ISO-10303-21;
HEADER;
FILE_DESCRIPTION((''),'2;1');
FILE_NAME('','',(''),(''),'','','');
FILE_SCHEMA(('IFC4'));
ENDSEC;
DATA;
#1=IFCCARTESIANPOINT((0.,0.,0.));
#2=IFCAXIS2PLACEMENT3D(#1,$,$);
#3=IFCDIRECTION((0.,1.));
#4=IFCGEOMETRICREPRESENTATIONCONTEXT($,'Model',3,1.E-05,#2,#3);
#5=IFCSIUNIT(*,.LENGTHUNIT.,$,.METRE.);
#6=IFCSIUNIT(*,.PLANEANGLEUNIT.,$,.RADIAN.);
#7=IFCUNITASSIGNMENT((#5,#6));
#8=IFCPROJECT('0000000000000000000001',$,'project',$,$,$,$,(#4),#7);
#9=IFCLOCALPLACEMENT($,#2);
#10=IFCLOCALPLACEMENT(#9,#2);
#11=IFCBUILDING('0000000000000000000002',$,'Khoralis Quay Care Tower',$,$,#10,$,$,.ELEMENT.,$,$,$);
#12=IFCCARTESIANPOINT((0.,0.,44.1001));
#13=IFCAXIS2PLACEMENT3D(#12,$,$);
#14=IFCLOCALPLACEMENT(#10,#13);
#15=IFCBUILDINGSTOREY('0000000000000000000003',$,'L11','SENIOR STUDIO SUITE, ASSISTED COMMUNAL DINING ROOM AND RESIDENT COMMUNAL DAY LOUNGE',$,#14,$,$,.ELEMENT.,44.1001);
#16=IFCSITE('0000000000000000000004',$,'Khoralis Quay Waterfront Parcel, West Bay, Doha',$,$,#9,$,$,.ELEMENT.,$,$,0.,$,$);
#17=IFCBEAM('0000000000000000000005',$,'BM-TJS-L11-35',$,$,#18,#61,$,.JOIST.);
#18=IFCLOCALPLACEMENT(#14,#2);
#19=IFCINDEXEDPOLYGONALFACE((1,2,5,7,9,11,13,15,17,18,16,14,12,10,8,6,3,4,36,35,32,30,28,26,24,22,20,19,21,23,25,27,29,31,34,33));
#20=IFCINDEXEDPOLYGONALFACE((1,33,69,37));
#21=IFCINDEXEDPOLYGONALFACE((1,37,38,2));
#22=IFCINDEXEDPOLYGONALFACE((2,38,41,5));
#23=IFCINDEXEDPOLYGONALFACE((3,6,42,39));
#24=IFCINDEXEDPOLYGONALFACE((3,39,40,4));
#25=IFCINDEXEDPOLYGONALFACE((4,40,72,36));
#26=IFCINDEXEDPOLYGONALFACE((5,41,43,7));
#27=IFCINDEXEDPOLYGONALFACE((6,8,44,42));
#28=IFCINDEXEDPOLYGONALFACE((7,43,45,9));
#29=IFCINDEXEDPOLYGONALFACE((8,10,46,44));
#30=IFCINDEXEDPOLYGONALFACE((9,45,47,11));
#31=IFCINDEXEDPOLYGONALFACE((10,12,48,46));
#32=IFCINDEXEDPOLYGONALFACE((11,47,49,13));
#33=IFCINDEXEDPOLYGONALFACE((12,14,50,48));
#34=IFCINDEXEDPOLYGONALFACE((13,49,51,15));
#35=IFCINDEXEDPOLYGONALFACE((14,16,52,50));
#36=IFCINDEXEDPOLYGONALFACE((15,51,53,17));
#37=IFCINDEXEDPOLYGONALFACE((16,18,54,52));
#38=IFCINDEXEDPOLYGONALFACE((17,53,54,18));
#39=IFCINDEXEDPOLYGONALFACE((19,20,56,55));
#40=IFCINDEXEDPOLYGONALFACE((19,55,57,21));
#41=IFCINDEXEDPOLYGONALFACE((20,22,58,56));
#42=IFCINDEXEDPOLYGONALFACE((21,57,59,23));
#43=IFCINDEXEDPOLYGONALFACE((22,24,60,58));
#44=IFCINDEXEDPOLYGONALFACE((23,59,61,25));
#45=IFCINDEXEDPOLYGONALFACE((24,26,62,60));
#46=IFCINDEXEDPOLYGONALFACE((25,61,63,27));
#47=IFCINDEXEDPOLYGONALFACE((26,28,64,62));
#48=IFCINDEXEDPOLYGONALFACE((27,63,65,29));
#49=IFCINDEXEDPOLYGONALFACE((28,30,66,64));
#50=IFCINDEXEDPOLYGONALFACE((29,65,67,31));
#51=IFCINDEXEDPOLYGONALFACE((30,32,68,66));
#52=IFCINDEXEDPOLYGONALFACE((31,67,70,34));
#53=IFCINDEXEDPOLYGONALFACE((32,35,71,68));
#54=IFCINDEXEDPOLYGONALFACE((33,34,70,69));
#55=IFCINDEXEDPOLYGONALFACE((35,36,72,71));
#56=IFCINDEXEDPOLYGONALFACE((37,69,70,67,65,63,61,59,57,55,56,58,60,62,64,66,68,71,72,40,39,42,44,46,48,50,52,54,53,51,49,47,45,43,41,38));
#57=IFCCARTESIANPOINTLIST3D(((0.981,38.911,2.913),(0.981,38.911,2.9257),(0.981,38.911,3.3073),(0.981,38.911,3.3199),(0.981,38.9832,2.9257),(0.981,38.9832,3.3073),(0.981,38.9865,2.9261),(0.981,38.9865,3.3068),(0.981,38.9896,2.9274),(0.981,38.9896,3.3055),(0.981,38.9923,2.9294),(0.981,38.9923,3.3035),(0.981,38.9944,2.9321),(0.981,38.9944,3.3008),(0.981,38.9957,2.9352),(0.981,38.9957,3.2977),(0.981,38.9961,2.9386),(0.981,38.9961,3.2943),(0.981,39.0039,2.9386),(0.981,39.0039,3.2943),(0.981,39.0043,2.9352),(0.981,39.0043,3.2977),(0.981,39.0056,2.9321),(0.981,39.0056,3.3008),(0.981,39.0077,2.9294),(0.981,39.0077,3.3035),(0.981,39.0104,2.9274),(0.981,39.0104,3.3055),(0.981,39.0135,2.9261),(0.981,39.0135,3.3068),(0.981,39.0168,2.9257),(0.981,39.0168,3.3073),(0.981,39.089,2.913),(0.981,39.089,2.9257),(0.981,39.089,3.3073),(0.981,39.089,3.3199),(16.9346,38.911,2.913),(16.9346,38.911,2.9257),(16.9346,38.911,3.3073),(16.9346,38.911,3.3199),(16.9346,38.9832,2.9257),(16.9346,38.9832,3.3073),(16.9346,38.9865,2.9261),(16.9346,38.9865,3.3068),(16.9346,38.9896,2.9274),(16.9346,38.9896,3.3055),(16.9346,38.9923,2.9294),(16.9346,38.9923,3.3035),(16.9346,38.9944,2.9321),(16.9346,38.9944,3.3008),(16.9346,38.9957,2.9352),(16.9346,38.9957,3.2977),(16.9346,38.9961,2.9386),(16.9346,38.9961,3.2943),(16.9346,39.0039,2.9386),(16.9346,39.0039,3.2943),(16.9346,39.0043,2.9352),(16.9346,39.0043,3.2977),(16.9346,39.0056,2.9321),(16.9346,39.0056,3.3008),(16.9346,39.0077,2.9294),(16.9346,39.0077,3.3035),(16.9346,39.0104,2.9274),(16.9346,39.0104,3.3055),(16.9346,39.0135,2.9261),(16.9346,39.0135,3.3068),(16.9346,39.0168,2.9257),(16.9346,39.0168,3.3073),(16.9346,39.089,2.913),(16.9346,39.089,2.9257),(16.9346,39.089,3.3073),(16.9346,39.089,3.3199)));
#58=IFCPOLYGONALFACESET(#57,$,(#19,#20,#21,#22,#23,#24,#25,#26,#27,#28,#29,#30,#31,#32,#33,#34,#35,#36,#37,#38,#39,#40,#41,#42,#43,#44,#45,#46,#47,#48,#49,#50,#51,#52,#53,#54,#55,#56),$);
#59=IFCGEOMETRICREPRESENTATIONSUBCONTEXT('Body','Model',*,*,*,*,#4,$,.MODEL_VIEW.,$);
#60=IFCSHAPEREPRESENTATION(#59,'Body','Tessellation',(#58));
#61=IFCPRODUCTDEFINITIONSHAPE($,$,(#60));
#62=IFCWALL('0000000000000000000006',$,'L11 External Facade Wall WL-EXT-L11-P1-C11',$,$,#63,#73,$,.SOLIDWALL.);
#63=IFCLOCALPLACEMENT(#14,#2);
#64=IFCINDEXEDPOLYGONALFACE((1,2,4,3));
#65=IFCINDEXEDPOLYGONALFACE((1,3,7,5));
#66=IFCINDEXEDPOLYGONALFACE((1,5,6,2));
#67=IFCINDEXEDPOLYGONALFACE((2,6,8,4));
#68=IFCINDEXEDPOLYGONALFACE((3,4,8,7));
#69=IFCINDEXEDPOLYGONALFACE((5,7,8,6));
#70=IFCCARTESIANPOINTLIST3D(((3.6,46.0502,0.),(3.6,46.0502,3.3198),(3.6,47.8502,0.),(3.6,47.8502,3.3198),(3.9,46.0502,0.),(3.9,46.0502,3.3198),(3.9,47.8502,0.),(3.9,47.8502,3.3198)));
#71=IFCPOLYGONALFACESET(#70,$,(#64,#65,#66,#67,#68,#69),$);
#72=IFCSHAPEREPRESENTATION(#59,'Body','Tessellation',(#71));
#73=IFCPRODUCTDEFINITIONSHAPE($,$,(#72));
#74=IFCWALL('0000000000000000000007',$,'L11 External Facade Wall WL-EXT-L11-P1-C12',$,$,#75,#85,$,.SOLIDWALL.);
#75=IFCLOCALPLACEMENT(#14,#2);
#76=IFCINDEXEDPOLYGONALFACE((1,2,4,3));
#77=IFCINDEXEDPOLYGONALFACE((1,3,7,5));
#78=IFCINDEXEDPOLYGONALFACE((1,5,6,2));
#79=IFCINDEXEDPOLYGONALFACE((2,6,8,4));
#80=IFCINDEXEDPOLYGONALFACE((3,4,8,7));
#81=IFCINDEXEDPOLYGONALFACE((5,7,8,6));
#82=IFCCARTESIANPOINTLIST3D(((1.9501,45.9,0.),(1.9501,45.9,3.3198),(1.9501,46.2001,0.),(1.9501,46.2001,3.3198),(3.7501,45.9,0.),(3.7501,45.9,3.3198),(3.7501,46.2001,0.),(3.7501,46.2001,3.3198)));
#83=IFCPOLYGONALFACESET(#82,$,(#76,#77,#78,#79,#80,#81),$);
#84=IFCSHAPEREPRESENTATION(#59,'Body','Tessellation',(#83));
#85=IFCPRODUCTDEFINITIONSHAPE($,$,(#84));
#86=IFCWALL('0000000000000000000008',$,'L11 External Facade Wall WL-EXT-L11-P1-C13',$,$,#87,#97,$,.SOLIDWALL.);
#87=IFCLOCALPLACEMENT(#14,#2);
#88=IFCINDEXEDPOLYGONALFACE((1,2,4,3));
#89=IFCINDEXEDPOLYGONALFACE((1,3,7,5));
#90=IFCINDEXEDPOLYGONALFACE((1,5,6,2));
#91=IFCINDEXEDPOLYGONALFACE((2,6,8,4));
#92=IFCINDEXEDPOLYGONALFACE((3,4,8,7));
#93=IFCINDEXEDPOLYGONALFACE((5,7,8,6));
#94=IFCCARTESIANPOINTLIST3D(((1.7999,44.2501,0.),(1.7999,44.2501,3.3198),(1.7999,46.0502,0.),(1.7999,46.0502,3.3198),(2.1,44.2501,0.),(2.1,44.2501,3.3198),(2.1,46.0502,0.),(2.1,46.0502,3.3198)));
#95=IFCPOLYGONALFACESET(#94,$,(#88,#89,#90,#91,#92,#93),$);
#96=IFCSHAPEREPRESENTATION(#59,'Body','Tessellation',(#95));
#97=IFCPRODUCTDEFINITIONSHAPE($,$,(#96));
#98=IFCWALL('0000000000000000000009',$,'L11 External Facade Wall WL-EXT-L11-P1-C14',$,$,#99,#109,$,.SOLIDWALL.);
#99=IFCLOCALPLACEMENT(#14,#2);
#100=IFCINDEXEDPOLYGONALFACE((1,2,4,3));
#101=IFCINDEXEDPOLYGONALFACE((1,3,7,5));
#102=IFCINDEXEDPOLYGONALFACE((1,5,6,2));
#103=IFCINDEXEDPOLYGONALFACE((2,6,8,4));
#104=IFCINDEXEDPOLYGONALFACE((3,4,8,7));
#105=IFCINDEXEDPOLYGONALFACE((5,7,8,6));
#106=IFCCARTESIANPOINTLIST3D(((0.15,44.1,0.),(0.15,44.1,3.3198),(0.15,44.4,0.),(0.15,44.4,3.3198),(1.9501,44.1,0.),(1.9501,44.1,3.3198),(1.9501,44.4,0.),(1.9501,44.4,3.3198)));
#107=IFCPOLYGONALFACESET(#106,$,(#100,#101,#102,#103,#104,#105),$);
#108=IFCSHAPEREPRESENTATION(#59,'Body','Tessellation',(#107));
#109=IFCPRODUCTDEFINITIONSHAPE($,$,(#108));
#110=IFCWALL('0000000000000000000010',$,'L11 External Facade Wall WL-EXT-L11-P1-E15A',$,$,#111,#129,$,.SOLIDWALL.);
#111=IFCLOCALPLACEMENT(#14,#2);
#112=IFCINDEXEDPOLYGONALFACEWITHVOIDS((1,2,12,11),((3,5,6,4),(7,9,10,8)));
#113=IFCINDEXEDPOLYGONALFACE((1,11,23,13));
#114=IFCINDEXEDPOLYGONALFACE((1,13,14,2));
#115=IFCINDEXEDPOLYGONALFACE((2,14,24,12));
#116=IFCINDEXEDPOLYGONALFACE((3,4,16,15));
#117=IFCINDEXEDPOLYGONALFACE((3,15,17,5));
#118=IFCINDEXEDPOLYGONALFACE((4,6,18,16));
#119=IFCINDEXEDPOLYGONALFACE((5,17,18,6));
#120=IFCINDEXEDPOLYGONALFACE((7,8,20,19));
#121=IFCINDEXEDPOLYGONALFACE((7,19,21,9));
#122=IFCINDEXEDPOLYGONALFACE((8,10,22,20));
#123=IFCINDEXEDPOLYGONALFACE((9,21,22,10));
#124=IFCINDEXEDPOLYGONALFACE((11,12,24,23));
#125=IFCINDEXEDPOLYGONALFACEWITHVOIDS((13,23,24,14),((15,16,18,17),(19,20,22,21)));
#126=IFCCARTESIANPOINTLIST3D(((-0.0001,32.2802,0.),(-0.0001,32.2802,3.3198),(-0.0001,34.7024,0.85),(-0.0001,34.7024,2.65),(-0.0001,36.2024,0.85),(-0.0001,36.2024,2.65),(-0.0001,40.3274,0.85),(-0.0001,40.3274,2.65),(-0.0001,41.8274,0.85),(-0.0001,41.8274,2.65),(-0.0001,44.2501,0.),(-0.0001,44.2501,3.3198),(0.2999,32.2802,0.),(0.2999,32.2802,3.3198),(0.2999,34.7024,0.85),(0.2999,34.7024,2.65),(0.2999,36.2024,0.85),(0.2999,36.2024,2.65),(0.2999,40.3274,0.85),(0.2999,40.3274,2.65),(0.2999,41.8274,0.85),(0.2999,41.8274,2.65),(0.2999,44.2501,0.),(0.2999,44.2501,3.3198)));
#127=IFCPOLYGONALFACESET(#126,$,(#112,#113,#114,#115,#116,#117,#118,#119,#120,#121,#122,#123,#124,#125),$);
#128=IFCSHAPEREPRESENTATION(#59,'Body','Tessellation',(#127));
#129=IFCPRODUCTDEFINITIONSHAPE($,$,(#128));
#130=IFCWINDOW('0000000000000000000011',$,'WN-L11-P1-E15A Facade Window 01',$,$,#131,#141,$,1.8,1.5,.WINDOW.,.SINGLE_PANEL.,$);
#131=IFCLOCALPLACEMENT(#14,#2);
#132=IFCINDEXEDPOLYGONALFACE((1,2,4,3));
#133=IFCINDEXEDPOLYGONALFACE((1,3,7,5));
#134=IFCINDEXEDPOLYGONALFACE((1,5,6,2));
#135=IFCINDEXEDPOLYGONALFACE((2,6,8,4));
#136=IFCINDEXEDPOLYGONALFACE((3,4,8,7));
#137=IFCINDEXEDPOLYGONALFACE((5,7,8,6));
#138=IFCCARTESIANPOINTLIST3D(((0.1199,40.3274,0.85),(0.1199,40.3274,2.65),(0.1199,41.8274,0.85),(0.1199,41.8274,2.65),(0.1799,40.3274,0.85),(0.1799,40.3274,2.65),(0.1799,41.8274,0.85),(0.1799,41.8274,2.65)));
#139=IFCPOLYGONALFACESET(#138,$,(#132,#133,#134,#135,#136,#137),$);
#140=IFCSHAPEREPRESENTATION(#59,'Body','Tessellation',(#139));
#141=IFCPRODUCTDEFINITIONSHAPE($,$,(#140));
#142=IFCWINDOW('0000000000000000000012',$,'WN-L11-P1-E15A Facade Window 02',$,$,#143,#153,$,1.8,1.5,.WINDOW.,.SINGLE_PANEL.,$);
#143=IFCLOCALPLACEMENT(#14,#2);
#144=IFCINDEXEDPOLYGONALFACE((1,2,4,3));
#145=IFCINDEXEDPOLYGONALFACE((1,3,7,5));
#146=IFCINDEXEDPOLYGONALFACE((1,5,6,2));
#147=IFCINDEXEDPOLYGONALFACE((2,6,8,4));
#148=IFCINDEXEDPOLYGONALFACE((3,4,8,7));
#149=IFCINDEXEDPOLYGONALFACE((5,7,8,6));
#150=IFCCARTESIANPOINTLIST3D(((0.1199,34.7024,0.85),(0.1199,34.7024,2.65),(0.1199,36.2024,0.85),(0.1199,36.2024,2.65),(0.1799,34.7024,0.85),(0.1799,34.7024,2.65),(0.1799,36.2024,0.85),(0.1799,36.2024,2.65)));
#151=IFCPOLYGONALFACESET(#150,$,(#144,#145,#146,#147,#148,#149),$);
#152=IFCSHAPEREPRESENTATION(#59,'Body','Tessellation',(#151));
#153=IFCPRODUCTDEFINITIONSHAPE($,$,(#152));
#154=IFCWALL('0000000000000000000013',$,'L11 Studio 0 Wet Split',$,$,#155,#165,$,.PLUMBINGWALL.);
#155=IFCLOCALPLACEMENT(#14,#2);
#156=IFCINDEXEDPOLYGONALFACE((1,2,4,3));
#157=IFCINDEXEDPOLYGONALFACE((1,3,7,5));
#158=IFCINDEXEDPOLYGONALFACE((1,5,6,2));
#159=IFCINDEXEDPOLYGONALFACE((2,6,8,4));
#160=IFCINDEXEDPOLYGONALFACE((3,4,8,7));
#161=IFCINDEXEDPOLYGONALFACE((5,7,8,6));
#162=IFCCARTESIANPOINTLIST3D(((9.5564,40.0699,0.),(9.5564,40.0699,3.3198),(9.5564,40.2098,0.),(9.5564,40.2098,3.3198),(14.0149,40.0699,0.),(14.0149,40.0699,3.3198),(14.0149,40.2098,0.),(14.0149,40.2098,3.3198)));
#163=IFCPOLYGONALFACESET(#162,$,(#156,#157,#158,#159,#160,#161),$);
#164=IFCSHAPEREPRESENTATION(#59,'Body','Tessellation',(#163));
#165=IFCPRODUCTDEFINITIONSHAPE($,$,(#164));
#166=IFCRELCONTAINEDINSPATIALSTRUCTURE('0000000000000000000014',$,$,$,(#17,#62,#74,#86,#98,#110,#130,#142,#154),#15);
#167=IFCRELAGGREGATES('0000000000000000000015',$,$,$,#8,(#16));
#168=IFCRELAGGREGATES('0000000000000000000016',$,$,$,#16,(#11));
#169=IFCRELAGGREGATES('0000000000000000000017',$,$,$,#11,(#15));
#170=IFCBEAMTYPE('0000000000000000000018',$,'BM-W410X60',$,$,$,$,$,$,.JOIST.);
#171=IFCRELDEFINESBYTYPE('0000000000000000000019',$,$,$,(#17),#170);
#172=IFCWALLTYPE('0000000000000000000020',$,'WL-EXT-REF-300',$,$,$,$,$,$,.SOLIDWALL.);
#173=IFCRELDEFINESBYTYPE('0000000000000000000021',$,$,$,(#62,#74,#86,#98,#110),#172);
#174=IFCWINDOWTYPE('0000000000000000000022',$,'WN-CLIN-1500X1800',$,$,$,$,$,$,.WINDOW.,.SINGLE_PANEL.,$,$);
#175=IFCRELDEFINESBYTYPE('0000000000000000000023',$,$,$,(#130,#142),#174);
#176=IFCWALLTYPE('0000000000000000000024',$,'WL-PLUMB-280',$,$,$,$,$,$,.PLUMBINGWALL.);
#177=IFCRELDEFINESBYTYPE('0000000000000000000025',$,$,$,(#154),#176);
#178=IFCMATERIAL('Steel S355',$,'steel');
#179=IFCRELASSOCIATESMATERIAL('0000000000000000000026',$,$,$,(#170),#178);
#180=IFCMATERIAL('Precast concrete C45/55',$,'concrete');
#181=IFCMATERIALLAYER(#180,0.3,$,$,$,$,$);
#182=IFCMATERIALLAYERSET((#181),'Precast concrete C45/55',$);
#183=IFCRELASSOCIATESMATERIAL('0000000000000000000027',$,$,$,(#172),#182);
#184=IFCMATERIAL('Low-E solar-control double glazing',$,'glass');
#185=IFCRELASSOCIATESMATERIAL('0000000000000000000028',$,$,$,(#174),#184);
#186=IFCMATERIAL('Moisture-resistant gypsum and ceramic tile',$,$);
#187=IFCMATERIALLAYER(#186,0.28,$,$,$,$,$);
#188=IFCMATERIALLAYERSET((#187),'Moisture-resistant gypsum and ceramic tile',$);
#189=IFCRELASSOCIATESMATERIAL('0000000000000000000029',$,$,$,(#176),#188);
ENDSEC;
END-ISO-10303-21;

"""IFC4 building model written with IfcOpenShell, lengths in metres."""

from ifc_helpers import new_model, si_unit, direction, frame, frame_2d, origin, origin_2d, place, context, subcontext, project, spatial, rectangle, i_section, extrude, source, transform, mapped, material, layer, layer_set, material_profile, profile_set, type_object, element, fill, save


model = new_model("IFC4")

# Units and contexts
model_context = context("Model", 3, precision=1e-05, world=origin(), true_north=direction((0.0, 1.0)))
body_context = subcontext(model_context, "Body", "Model", "MODEL_VIEW")
ifc_project = project(units=[si_unit("LENGTHUNIT", "METRE"), si_unit("PLANEANGLEUNIT", "RADIAN")], contexts=[model_context])

# Site, building, storey
site_placement = place(None, origin())
site = spatial("IfcSite", under=ifc_project, at=site_placement, Name="Khoralis Quay Waterfront Parcel, West Bay, Doha", CompositionType="ELEMENT", RefElevation=0.0)
building_placement = place(site_placement, origin())
building = spatial("IfcBuilding", under=site, at=building_placement, Name="Khoralis Quay Care Tower", CompositionType="ELEMENT")
storey_placement = place(building_placement, frame((0.0, 0.0, 44.1001)))
storey = spatial("IfcBuildingStorey", under=building, at=storey_placement, Name="L11", Description="SENIOR STUDIO SUITE, ASSISTED COMMUNAL DINING ROOM AND RESIDENT COMMUNAL DAY LOUNGE", CompositionType="ELEMENT", Elevation=44.1001)

# Beam
ifc_material_1 = material(Name="Steel S355", Category="steel")
ifc_material_profile_1 = material_profile(ifc_material_1, i_section(OverallWidth=0.178, OverallDepth=0.407, WebThickness=0.0078, FlangeThickness=0.0127, FilletRadius=0.0129, at=origin_2d()), Name="Steel S355")
ifc_profile_set_1 = profile_set([ifc_material_profile_1], Name="Steel S355")
beam_type_1 = type_object("IfcBeamType", Name="BM-W410X60", PredefinedType="JOIST", material=ifc_profile_set_1)
shared_shape_1 = source(origin(), body_context, "Body", "SweptSolid", [
    extrude(i_section(OverallWidth=0.178, OverallDepth=0.407, WebThickness=0.0078, FlangeThickness=0.0127, FilletRadius=0.0129, at=origin_2d()), origin(), (0.0, 0.0, 1.0), 15.9536),
])
beam_1_placement = place(storey_placement, frame((0.981, 39.0, 3.1165), z_axis=(1.0, 0.0, 0.0), x_axis=(0.0, 1.0, 0.0)))
element("IfcBeam", 1, at=beam_1_placement, inside=storey, type_object=beam_type_1, Name="BM-TJS-L11-35", PredefinedType="JOIST", context=body_context, shape_type="MappedRepresentation", body=[
    mapped(shared_shape_1, transform((0.0, 0.0, 0.0), scale=1.0)),
])

# Walls
ifc_material_2 = material(Name="Precast concrete C45/55", Category="concrete")
ifc_layer_1 = layer(ifc_material_2, 0.3)
ifc_layer_set_1 = layer_set([ifc_layer_1], Name="Precast concrete C45/55")
wall_type_1 = type_object("IfcWallType", Name="WL-EXT-REF-300", PredefinedType="SOLIDWALL", material=ifc_layer_set_1)
for number, where, z_axis, x_axis, name in (
    (2, (3.75, 47.8501, 0.0), (0.0, 0.0, 1.0), (0.0, -1.0, 0.0), "L11 External Facade Wall WL-EXT-L11-P1-C11"),
    (3, (3.75, 46.05, 0.0), (0.0, 0.0, 1.0), (-1.0, 0.0, 0.0), "L11 External Facade Wall WL-EXT-L11-P1-C12"),
    (4, (1.95, 46.05, 0.0), (0.0, 0.0, 1.0), (0.0, -1.0, 0.0), "L11 External Facade Wall WL-EXT-L11-P1-C13"),
    (5, (1.95, 44.25, 0.0), (0.0, 0.0, 1.0), (-1.0, 0.0, 0.0), "L11 External Facade Wall WL-EXT-L11-P1-C14"),
):
    element("IfcWall", number, at=place(storey_placement, frame(where, z_axis=z_axis, x_axis=x_axis)), inside=storey, type_object=wall_type_1, Name=name, PredefinedType="SOLIDWALL", context=body_context, shape_type="SweptSolid", body=[
        extrude(rectangle(XDim=1.8, YDim=0.3, at=frame_2d((0.8999, 0.0))), origin(), (0.0, 0.0, 1.0), 3.3198),
    ])

# Wall, openings, windows
wall_1_placement = place(storey_placement, frame((0.1499, 44.25, 0.0), z_axis=(0.0, 0.0, 1.0), x_axis=(0.0, -1.0, 0.0)))
wall_1 = element("IfcWall", 6, at=wall_1_placement, inside=storey, type_object=wall_type_1, Name="L11 External Facade Wall WL-EXT-L11-P1-E15A", PredefinedType="SOLIDWALL", context=body_context, shape_type="SweptSolid", body=[
    extrude(rectangle(XDim=11.97, YDim=0.3, at=frame_2d((5.9849, 0.0))), origin(), (0.0, 0.0, 1.0), 3.3198),
])
opening_1_placement = place(wall_1_placement, frame((2.4226, 0.0, 0.8501)))
opening_1 = element("IfcOpeningElement", 7, at=opening_1_placement, cuts=wall_1, PredefinedType="OPENING", context=body_context, shape_type="SweptSolid", body=[
    extrude(rectangle(XDim=1.5, YDim=1.8, at=frame_2d((0.75, 0.8999))), frame((0.0, 0.1602, 0.0), z_axis=(0.0, -1.0, 0.0), x_axis=(1.0, 0.0, 0.0)), (0.0, 0.0, 1.0), 0.3201),
])
opening_2_placement = place(wall_1_placement, frame((8.0476, 0.0, 0.8501)))
opening_2 = element("IfcOpeningElement", 8, at=opening_2_placement, cuts=wall_1, PredefinedType="OPENING", context=body_context, shape_type="SweptSolid", body=[
    extrude(rectangle(XDim=1.5, YDim=1.8, at=frame_2d((0.75, 0.8999))), frame((0.0, 0.1602, 0.0), z_axis=(0.0, -1.0, 0.0), x_axis=(1.0, 0.0, 0.0)), (0.0, 0.0, 1.0), 0.3201),
])
ifc_material_3 = material(Name="Low-E solar-control double glazing", Category="glass")
window_type = type_object("IfcWindowType", Name="WN-CLIN-1500X1800", PartitioningType="SINGLE_PANEL", PredefinedType="WINDOW", material=ifc_material_3)
shared_shape_2 = source(origin(), body_context, "Body", "SweptSolid", [
    extrude(rectangle(XDim=1.5, YDim=1.8, at=frame_2d((0.75, 0.8999))), frame((0.0, 0.03, 0.0), z_axis=(0.0, -1.0, 0.0), x_axis=(1.0, 0.0, 0.0)), (0.0, 0.0, 1.0), 0.0601),
])
window_1_placement = place(opening_1_placement, origin())
window_1 = element("IfcWindow", 9, at=window_1_placement, inside=storey, type_object=window_type, Name="WN-L11-P1-E15A Facade Window 01", OverallHeight=1.8, OverallWidth=1.5, PartitioningType="SINGLE_PANEL", PredefinedType="WINDOW", context=body_context, shape_type="MappedRepresentation", body=[
    mapped(shared_shape_2, transform((0.0, 0.0, 0.0), scale=1.0)),
])
fill(opening_1, window_1)
window_2_placement = place(opening_2_placement, origin())
window_2 = element("IfcWindow", 10, at=window_2_placement, inside=storey, type_object=window_type, Name="WN-L11-P1-E15A Facade Window 02", OverallHeight=1.8, OverallWidth=1.5, PartitioningType="SINGLE_PANEL", PredefinedType="WINDOW", context=body_context, shape_type="MappedRepresentation", body=[
    mapped(shared_shape_2, transform((0.0, 0.0, 0.0), scale=1.0)),
])
fill(opening_2, window_2)

# Wall
ifc_material_4 = material(Name="Moisture-resistant gypsum and ceramic tile")
ifc_layer_2 = layer(ifc_material_4, 0.28)
ifc_layer_set_2 = layer_set([ifc_layer_2], Name="Moisture-resistant gypsum and ceramic tile")
wall_type_2 = type_object("IfcWallType", Name="WL-PLUMB-280", PredefinedType="PLUMBINGWALL", material=ifc_layer_set_2)
wall_2_placement = place(storey_placement, frame((9.5564, 40.1399, 0.0), z_axis=(0.0, 0.0, 1.0), x_axis=(1.0, 0.0, 0.0)))
element("IfcWall", 11, at=wall_2_placement, inside=storey, type_object=wall_type_2, Name="L11 Studio 0 Wet Split", PredefinedType="PLUMBINGWALL", context=body_context, shape_type="SweptSolid", body=[
    extrude(rectangle(XDim=4.4585, YDim=0.1399, at=frame_2d((2.2292, 0.0))), origin(), (0.0, 0.0, 1.0), 3.3198),
])

save(model, "model.ifc")
